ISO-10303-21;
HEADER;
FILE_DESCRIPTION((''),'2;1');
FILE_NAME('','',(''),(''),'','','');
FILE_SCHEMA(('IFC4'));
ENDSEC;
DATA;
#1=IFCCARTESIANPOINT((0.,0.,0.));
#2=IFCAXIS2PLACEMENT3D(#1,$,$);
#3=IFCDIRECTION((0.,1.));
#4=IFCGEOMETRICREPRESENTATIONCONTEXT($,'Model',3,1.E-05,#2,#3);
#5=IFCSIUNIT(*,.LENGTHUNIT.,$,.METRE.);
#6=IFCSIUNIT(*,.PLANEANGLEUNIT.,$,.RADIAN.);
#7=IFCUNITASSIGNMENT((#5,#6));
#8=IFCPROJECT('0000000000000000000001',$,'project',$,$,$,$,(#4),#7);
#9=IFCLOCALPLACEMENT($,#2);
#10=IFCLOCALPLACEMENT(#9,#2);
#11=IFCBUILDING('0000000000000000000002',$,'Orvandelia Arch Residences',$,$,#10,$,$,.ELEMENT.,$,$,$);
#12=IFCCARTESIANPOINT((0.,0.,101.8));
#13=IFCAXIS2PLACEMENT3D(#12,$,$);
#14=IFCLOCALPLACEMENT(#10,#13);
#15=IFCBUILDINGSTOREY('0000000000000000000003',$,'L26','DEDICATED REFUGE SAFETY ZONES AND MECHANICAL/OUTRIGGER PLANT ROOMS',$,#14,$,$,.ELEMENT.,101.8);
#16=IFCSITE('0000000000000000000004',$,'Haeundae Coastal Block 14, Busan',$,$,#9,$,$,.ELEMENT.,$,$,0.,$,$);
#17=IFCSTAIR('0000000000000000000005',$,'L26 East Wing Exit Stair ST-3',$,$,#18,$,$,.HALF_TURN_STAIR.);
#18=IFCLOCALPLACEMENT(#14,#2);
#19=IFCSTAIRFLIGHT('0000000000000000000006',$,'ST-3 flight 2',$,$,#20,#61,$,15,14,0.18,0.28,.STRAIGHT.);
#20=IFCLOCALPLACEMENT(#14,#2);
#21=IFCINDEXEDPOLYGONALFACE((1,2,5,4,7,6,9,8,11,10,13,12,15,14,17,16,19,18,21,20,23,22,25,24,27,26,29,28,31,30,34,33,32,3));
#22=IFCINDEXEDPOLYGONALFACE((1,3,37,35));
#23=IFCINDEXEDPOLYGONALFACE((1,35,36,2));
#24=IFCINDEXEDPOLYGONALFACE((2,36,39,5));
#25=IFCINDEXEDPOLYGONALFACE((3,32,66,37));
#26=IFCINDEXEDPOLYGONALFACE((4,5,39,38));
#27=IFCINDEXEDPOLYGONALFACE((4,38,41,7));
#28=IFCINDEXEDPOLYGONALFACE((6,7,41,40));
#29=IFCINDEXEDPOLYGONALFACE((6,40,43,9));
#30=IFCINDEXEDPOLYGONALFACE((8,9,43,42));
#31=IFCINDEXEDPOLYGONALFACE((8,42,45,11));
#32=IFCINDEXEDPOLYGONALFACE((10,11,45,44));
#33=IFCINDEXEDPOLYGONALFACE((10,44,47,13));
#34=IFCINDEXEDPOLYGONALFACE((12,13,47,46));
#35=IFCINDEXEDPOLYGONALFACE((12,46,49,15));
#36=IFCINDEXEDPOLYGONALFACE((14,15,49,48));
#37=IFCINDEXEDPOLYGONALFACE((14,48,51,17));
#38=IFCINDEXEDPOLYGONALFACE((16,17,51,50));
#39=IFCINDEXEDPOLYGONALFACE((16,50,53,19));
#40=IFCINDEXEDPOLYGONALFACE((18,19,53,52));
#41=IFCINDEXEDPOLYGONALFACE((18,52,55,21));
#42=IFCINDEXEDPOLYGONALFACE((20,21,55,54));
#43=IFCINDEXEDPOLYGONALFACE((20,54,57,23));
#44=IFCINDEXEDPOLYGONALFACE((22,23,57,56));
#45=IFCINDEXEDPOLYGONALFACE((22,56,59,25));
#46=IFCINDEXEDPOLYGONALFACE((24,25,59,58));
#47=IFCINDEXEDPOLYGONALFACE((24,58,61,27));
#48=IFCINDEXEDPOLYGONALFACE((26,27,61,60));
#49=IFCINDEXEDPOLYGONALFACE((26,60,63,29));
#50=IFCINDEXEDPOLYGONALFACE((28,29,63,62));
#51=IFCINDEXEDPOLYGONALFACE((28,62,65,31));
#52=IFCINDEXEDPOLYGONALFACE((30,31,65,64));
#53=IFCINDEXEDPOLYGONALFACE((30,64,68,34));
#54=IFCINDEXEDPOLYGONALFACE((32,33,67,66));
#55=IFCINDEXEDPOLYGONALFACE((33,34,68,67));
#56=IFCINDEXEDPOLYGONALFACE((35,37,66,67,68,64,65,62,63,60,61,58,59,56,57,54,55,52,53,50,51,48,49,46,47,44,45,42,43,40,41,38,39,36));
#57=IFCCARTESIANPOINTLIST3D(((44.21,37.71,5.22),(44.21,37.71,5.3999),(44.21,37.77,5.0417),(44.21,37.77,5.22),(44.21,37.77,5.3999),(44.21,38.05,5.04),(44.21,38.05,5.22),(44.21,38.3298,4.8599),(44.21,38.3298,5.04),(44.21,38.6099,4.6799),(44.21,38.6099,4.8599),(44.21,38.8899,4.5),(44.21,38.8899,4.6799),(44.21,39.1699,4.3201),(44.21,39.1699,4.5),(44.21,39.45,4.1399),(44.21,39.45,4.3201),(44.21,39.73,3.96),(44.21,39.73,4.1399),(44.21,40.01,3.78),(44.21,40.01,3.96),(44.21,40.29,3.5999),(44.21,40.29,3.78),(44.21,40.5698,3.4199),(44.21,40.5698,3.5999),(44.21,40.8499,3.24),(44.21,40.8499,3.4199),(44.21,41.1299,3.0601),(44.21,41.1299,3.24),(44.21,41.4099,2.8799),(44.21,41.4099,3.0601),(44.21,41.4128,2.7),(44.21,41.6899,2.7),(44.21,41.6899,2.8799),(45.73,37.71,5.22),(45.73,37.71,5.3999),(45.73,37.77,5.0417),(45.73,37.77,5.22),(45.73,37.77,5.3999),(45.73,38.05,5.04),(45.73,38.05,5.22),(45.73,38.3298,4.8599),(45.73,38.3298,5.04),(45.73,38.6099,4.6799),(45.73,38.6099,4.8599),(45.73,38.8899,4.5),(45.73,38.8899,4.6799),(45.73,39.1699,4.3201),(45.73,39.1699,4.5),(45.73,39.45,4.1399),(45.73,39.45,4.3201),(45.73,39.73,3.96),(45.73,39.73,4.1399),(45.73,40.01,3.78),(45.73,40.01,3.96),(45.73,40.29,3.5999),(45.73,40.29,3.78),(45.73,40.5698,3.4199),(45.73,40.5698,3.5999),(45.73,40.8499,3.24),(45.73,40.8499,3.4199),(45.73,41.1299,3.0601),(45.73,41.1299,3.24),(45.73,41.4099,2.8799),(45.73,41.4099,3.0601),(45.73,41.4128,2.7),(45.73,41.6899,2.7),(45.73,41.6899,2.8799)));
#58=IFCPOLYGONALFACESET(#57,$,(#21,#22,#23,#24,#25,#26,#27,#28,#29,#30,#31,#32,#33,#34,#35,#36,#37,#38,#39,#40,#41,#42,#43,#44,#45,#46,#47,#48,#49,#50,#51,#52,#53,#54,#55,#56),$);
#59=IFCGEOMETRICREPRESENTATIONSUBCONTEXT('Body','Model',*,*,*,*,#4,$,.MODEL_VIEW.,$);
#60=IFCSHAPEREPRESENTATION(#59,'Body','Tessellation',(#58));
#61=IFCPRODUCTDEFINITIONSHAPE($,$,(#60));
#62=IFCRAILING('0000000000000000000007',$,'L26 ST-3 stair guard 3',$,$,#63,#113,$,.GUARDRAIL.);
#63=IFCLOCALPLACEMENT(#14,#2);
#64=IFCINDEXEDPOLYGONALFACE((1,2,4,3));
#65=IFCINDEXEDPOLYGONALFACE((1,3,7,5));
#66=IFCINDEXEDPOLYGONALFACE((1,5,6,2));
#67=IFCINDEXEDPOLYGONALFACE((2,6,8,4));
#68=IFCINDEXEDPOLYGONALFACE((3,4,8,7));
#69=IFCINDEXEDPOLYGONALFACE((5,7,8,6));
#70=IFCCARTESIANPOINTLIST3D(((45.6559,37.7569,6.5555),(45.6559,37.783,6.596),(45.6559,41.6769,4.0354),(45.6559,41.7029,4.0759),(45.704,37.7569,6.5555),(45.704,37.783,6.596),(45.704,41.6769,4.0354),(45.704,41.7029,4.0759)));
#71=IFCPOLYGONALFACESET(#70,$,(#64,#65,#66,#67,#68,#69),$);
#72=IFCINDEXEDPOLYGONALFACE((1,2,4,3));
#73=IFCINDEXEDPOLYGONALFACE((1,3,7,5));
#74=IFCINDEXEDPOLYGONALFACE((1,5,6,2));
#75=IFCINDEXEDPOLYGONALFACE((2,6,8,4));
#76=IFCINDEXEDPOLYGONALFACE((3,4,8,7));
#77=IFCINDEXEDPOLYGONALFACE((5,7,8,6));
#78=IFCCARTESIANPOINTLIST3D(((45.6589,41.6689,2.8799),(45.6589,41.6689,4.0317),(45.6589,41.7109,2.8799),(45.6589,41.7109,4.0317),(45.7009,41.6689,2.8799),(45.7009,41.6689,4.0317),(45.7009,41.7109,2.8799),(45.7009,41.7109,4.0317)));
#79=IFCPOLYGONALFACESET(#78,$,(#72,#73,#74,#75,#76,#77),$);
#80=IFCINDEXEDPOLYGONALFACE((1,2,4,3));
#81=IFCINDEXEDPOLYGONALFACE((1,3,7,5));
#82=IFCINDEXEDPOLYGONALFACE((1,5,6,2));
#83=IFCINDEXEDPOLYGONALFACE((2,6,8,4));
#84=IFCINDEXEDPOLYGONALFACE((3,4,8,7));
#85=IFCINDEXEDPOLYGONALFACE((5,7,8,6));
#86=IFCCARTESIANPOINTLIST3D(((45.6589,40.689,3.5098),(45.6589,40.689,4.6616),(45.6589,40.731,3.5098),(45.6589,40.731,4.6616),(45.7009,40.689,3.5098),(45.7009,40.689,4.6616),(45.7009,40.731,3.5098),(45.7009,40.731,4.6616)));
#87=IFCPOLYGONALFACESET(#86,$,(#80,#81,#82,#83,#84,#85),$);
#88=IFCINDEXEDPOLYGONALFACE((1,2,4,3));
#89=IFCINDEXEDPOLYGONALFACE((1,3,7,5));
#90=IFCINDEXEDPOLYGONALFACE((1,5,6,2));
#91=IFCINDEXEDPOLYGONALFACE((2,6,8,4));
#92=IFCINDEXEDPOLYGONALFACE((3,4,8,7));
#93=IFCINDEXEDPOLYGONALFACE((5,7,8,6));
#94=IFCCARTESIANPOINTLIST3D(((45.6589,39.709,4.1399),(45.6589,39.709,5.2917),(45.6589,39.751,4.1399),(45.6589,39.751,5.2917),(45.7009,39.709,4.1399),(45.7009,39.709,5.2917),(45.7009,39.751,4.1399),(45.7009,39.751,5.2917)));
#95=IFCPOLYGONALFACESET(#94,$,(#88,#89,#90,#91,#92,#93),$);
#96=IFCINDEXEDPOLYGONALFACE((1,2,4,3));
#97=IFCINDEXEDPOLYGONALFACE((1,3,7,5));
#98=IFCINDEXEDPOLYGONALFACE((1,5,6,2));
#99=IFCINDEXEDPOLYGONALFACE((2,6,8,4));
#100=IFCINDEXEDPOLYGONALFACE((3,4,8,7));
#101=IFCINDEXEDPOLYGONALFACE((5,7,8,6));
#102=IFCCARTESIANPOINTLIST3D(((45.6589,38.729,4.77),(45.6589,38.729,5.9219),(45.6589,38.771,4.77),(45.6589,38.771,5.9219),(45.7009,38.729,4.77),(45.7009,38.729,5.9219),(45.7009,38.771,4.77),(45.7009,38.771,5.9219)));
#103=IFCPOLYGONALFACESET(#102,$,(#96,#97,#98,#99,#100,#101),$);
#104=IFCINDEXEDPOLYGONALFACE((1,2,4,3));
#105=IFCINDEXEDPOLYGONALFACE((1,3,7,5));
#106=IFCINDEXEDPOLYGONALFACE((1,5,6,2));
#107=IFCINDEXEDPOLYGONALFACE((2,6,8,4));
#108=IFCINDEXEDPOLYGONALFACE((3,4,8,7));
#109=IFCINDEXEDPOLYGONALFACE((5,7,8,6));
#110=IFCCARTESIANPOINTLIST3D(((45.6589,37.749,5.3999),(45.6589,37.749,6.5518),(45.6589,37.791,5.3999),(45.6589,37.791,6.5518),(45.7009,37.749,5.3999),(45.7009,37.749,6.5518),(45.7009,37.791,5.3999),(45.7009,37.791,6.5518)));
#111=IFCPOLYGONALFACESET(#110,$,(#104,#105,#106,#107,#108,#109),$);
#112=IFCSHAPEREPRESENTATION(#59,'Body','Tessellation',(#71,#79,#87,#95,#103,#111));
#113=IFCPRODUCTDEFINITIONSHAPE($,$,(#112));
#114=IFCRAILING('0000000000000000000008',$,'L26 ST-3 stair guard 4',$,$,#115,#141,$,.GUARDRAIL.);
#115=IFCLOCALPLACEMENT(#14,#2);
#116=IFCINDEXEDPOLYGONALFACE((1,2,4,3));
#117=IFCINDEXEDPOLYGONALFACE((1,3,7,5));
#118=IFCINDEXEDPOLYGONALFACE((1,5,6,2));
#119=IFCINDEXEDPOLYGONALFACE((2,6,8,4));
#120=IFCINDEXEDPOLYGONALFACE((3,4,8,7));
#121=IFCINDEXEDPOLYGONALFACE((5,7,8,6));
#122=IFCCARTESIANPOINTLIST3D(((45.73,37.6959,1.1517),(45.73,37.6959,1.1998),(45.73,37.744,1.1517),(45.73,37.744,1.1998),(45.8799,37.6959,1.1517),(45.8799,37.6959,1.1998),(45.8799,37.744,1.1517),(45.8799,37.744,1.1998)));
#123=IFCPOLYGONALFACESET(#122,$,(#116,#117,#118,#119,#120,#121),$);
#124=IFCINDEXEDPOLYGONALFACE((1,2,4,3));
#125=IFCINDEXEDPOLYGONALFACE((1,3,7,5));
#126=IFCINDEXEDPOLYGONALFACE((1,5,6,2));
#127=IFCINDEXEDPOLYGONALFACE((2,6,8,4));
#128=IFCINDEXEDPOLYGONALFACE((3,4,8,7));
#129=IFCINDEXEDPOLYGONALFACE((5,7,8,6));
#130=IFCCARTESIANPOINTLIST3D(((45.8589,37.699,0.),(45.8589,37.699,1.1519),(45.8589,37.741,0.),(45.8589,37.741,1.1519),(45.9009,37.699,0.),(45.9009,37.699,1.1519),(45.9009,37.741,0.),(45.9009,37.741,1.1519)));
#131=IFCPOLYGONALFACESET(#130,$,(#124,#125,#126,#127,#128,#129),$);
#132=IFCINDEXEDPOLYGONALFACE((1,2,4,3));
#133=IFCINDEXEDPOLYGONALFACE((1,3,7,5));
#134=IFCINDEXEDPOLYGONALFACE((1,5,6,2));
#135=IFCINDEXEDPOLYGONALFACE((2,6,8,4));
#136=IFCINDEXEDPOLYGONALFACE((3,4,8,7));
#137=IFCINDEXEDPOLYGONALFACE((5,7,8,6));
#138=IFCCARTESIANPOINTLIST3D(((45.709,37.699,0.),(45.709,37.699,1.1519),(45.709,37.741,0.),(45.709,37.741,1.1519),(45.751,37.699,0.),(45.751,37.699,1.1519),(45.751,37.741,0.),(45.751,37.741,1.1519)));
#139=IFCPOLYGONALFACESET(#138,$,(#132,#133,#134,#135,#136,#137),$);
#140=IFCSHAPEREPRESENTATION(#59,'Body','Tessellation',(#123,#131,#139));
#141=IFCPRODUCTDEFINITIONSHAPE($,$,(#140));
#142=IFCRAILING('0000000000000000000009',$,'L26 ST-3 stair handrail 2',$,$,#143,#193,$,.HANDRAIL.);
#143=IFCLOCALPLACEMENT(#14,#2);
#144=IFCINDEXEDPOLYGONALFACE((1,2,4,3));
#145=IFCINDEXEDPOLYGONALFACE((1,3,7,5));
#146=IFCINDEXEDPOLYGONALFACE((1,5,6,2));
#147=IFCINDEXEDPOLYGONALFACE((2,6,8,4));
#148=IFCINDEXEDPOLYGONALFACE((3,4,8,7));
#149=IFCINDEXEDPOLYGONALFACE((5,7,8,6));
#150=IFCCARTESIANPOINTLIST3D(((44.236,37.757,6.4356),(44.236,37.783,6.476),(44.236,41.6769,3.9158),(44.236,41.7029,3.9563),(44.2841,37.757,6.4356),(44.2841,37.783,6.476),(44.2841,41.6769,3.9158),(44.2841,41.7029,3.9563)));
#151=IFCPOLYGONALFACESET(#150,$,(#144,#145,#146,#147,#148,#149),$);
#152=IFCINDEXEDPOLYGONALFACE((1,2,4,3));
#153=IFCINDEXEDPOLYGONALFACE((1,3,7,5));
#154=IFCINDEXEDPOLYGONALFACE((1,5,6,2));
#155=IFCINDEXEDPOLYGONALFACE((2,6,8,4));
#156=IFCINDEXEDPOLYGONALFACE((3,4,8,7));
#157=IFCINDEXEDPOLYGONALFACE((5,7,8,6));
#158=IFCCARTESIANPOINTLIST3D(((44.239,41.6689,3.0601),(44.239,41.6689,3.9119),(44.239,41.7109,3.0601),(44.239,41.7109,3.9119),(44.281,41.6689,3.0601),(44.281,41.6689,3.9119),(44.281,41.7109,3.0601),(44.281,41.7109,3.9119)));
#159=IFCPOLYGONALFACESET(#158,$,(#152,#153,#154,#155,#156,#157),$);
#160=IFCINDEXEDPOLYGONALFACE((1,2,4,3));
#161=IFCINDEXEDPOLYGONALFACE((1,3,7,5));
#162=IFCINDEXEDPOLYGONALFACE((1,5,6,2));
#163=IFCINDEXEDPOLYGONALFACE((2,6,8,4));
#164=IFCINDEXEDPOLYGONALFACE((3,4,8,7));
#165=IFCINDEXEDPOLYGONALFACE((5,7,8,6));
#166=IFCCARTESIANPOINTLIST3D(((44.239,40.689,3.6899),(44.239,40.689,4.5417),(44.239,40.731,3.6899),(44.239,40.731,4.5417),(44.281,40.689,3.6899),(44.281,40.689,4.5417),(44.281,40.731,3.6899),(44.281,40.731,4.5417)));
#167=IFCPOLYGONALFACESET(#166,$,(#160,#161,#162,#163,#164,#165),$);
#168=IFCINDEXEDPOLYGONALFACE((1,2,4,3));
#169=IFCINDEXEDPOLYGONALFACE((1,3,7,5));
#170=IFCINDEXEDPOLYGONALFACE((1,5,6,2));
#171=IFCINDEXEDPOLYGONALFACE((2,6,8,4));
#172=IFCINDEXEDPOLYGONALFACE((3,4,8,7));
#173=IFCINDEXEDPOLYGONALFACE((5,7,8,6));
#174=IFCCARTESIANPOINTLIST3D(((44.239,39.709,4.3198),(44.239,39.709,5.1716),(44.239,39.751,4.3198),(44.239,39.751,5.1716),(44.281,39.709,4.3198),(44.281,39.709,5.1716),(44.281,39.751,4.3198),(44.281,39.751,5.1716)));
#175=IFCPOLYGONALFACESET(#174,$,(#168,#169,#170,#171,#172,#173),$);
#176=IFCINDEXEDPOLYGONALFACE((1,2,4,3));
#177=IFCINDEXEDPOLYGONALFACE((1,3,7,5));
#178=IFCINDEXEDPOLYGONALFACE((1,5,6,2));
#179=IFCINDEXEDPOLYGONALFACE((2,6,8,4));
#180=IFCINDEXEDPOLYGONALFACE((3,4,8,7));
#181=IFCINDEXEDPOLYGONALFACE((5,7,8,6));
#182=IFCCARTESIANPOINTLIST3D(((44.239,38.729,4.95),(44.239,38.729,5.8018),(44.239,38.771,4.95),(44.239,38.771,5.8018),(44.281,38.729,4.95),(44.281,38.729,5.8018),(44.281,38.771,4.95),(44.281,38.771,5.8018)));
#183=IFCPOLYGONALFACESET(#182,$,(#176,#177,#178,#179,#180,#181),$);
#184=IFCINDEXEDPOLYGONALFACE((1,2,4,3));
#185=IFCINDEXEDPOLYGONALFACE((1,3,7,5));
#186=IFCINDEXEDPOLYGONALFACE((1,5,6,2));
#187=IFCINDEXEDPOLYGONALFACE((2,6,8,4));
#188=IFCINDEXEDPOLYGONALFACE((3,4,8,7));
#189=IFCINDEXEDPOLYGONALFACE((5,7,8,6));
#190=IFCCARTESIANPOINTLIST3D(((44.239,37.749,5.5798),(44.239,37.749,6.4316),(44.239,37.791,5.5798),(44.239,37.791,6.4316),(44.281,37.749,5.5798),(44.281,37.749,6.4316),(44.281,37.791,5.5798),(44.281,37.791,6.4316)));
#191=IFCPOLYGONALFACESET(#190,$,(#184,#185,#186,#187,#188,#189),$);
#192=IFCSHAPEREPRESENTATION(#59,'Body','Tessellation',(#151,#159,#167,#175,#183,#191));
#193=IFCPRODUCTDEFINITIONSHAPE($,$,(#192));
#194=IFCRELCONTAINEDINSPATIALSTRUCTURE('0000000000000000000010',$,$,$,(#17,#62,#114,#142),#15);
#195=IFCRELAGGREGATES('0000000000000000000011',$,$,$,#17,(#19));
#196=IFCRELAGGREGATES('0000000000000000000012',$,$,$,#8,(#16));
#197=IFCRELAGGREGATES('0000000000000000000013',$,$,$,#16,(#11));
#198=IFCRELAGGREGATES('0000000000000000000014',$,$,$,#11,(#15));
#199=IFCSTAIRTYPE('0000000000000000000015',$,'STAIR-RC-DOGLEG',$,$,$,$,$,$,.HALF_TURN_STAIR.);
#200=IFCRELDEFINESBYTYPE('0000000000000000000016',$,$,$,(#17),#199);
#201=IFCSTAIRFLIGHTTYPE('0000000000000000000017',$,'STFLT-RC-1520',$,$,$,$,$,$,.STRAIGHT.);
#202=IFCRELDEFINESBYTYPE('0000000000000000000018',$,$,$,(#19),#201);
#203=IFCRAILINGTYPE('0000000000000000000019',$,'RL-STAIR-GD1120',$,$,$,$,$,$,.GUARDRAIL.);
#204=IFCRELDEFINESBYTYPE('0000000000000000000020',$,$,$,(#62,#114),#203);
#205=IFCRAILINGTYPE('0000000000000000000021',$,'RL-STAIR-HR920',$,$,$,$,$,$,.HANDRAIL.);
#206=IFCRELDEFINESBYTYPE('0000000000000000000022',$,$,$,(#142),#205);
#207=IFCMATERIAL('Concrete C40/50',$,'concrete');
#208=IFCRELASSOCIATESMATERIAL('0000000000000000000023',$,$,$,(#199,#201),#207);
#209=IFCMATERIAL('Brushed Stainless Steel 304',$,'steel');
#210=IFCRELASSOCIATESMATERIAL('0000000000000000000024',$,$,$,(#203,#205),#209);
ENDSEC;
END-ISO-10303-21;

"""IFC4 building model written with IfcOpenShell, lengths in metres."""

from ifc_helpers import new_model, si_unit, direction, frame, origin, origin_2d, place, context, subcontext, project, spatial, polyline, rectangle, outline, extrude, material, type_object, element, aggregate, save


model = new_model("IFC4")

# Units and contexts
model_context = context("Model", 3, precision=1e-05, world=origin(), true_north=direction((0.0, 1.0)))
body_context = subcontext(model_context, "Body", "Model", "MODEL_VIEW")
ifc_project = project(units=[si_unit("LENGTHUNIT", "METRE"), si_unit("PLANEANGLEUNIT", "RADIAN")], contexts=[model_context])

# Site, building, storey
site_placement = place(None, origin())
site = spatial("IfcSite", under=ifc_project, at=site_placement, Name="Haeundae Coastal Block 14, Busan", CompositionType="ELEMENT", RefElevation=0.0)
building_placement = place(site_placement, origin())
building = spatial("IfcBuilding", under=site, at=building_placement, Name="Orvandelia Arch Residences", CompositionType="ELEMENT")
storey_placement = place(building_placement, frame((0.0, 0.0, 101.8)))
storey = spatial("IfcBuildingStorey", under=building, at=storey_placement, Name="L26", Description="DEDICATED REFUGE SAFETY ZONES AND MECHANICAL/OUTRIGGER PLANT ROOMS", CompositionType="ELEMENT", Elevation=101.8)

# Stair, stair flight
ifc_material_1 = material(Name="Concrete C40/50", Category="concrete")
stair_type = type_object("IfcStairType", Name="STAIR-RC-DOGLEG", PredefinedType="HALF_TURN_STAIR", material=ifc_material_1)
stair_placement = place(storey_placement, origin())
stair = element("IfcStair", 1, at=stair_placement, inside=storey, type_object=stair_type, Name="L26 East Wing Exit Stair ST-3", PredefinedType="HALF_TURN_STAIR")
stair_flight_type = type_object("IfcStairFlightType", Name="STFLT-RC-1520", PredefinedType="STRAIGHT", material=ifc_material_1)
stair_flight_placement = place(storey_placement, frame((44.97, 41.6899, 2.7), z_axis=(0.0, 0.0, 1.0), x_axis=(0.0, -1.0, 0.0)))
stair_flight = element("IfcStairFlight", 2, at=stair_flight_placement, type_object=stair_flight_type, Name="ST-3 flight 2", NumberOfRisers=15, NumberOfTreads=14, PredefinedType="STRAIGHT", RiserHeight=0.18, TreadLength=0.28, context=body_context, shape_type="SweptSolid", body=[
    extrude(outline(polyline([(0.0, 0.0), (0.0, 0.1799), (0.28, 0.1799), (0.28, 0.3601), (0.5601, 0.3601), (0.5601, 0.54), (0.8401, 0.54), (0.8401, 0.72), (1.1201, 0.72), (1.1201, 0.8999), (1.3999, 0.8999), (1.3999, 1.0801), (1.6799, 1.0801), (1.6799, 1.26), (1.96, 1.26), (1.96, 1.4399), (2.24, 1.4399), (2.24, 1.6201), (2.52, 1.6201), (2.52, 1.8), (2.8, 1.8), (2.8, 1.98), (3.0801, 1.98), (3.0801, 2.1599), (3.3601, 2.1599), (3.3601, 2.3401), (3.6399, 2.3401), (3.6399, 2.52), (3.9199, 2.52), (3.9199, 2.7), (3.98, 2.7), (3.98, 2.52), (3.9199, 2.3418), (0.2771, 0.0), (0.0, 0.0)])), frame((0.0, 0.76, 0.0), z_axis=(0.0, -1.0, 0.0), x_axis=(1.0, 0.0, 0.0)), (0.0, 0.0, 1.0), 1.52),
])
aggregate(stair, [stair_flight])

# Railings
ifc_material_2 = material(Name="Brushed Stainless Steel 304", Category="steel")
railing_type_1 = type_object("IfcRailingType", Name="RL-STAIR-GD1120", PredefinedType="GUARDRAIL", material=ifc_material_2)
railing_1_placement = place(storey_placement, frame((45.6799, 41.6899, 2.8799)))
element("IfcRailing", 3, at=railing_1_placement, inside=storey, type_object=railing_type_1, Name="L26 ST-3 stair guard 3", PredefinedType="GUARDRAIL", context=body_context, shape_type="SweptSolid", body=[
    extrude(rectangle(XDim=0.0481, YDim=0.0481, at=origin_2d()), frame((0.0, 0.0, 1.1758), z_axis=(0.0, -0.841172, 0.540768), x_axis=(1.0, 0.0, 0.0)), (0.0, 0.0, 1.0), 4.6602),
    extrude(rectangle(XDim=0.042, YDim=0.042, at=origin_2d()), origin(), (0.0, 0.0, 1.0), 1.1519),
    extrude(rectangle(XDim=0.042, YDim=0.042, at=origin_2d()), frame((0.0, -0.98, 0.6299)), (0.0, 0.0, 1.0), 1.1519),
    extrude(rectangle(XDim=0.042, YDim=0.042, at=origin_2d()), frame((0.0, -1.96, 1.26)), (0.0, 0.0, 1.0), 1.1519),
    extrude(rectangle(XDim=0.042, YDim=0.042, at=origin_2d()), frame((0.0, -2.9399, 1.8901)), (0.0, 0.0, 1.0), 1.1519),
    extrude(rectangle(XDim=0.042, YDim=0.042, at=origin_2d()), frame((0.0, -3.9199, 2.52)), (0.0, 0.0, 1.0), 1.1519),
])
railing_2_placement = place(storey_placement, frame((45.8799, 37.72, 0.0)))
element("IfcRailing", 4, at=railing_2_placement, inside=storey, type_object=railing_type_1, Name="L26 ST-3 stair guard 4", PredefinedType="GUARDRAIL", context=body_context, shape_type="SweptSolid", body=[
    extrude(rectangle(XDim=0.0481, YDim=0.0481, at=origin_2d()), frame((0.0, 0.0, 1.1758), z_axis=(-1.0, 0.0, 0.0), x_axis=(0.0, -1.0, 0.0)), (0.0, 0.0, 1.0), 0.1499),
    extrude(rectangle(XDim=0.042, YDim=0.042, at=origin_2d()), origin(), (0.0, 0.0, 1.0), 1.1519),
    extrude(rectangle(XDim=0.042, YDim=0.042, at=origin_2d()), frame((-0.1499, 0.0, 0.0)), (0.0, 0.0, 1.0), 1.1519),
])
railing_type_2 = type_object("IfcRailingType", Name="RL-STAIR-HR920", PredefinedType="HANDRAIL", material=ifc_material_2)
railing_3_placement = place(storey_placement, frame((44.26, 41.6899, 3.0601)))
element("IfcRailing", 5, at=railing_3_placement, inside=storey, type_object=railing_type_2, Name="L26 ST-3 stair handrail 2", PredefinedType="HANDRAIL", context=body_context, shape_type="SweptSolid", body=[
    extrude(rectangle(XDim=0.0481, YDim=0.0481, at=origin_2d()), frame((0.0, 0.0, 0.876), z_axis=(0.0, -0.841195, 0.540731), x_axis=(1.0, 0.0, 0.0)), (0.0, 0.0, 1.0), 4.6599),
    extrude(rectangle(XDim=0.042, YDim=0.042, at=origin_2d()), origin(), (0.0, 0.0, 1.0), 0.8518),
    extrude(rectangle(XDim=0.042, YDim=0.042, at=origin_2d()), frame((0.0, -0.98, 0.6299)), (0.0, 0.0, 1.0), 0.8518),
    extrude(rectangle(XDim=0.042, YDim=0.042, at=origin_2d()), frame((0.0, -1.96, 1.2598)), (0.0, 0.0, 1.0), 0.8518),
    extrude(rectangle(XDim=0.042, YDim=0.042, at=origin_2d()), frame((0.0, -2.9399, 1.8899)), (0.0, 0.0, 1.0), 0.8518),
    extrude(rectangle(XDim=0.042, YDim=0.042, at=origin_2d()), frame((0.0, -3.9199, 2.5198)), (0.0, 0.0, 1.0), 0.8518),
])

save(model, "model.ifc")
